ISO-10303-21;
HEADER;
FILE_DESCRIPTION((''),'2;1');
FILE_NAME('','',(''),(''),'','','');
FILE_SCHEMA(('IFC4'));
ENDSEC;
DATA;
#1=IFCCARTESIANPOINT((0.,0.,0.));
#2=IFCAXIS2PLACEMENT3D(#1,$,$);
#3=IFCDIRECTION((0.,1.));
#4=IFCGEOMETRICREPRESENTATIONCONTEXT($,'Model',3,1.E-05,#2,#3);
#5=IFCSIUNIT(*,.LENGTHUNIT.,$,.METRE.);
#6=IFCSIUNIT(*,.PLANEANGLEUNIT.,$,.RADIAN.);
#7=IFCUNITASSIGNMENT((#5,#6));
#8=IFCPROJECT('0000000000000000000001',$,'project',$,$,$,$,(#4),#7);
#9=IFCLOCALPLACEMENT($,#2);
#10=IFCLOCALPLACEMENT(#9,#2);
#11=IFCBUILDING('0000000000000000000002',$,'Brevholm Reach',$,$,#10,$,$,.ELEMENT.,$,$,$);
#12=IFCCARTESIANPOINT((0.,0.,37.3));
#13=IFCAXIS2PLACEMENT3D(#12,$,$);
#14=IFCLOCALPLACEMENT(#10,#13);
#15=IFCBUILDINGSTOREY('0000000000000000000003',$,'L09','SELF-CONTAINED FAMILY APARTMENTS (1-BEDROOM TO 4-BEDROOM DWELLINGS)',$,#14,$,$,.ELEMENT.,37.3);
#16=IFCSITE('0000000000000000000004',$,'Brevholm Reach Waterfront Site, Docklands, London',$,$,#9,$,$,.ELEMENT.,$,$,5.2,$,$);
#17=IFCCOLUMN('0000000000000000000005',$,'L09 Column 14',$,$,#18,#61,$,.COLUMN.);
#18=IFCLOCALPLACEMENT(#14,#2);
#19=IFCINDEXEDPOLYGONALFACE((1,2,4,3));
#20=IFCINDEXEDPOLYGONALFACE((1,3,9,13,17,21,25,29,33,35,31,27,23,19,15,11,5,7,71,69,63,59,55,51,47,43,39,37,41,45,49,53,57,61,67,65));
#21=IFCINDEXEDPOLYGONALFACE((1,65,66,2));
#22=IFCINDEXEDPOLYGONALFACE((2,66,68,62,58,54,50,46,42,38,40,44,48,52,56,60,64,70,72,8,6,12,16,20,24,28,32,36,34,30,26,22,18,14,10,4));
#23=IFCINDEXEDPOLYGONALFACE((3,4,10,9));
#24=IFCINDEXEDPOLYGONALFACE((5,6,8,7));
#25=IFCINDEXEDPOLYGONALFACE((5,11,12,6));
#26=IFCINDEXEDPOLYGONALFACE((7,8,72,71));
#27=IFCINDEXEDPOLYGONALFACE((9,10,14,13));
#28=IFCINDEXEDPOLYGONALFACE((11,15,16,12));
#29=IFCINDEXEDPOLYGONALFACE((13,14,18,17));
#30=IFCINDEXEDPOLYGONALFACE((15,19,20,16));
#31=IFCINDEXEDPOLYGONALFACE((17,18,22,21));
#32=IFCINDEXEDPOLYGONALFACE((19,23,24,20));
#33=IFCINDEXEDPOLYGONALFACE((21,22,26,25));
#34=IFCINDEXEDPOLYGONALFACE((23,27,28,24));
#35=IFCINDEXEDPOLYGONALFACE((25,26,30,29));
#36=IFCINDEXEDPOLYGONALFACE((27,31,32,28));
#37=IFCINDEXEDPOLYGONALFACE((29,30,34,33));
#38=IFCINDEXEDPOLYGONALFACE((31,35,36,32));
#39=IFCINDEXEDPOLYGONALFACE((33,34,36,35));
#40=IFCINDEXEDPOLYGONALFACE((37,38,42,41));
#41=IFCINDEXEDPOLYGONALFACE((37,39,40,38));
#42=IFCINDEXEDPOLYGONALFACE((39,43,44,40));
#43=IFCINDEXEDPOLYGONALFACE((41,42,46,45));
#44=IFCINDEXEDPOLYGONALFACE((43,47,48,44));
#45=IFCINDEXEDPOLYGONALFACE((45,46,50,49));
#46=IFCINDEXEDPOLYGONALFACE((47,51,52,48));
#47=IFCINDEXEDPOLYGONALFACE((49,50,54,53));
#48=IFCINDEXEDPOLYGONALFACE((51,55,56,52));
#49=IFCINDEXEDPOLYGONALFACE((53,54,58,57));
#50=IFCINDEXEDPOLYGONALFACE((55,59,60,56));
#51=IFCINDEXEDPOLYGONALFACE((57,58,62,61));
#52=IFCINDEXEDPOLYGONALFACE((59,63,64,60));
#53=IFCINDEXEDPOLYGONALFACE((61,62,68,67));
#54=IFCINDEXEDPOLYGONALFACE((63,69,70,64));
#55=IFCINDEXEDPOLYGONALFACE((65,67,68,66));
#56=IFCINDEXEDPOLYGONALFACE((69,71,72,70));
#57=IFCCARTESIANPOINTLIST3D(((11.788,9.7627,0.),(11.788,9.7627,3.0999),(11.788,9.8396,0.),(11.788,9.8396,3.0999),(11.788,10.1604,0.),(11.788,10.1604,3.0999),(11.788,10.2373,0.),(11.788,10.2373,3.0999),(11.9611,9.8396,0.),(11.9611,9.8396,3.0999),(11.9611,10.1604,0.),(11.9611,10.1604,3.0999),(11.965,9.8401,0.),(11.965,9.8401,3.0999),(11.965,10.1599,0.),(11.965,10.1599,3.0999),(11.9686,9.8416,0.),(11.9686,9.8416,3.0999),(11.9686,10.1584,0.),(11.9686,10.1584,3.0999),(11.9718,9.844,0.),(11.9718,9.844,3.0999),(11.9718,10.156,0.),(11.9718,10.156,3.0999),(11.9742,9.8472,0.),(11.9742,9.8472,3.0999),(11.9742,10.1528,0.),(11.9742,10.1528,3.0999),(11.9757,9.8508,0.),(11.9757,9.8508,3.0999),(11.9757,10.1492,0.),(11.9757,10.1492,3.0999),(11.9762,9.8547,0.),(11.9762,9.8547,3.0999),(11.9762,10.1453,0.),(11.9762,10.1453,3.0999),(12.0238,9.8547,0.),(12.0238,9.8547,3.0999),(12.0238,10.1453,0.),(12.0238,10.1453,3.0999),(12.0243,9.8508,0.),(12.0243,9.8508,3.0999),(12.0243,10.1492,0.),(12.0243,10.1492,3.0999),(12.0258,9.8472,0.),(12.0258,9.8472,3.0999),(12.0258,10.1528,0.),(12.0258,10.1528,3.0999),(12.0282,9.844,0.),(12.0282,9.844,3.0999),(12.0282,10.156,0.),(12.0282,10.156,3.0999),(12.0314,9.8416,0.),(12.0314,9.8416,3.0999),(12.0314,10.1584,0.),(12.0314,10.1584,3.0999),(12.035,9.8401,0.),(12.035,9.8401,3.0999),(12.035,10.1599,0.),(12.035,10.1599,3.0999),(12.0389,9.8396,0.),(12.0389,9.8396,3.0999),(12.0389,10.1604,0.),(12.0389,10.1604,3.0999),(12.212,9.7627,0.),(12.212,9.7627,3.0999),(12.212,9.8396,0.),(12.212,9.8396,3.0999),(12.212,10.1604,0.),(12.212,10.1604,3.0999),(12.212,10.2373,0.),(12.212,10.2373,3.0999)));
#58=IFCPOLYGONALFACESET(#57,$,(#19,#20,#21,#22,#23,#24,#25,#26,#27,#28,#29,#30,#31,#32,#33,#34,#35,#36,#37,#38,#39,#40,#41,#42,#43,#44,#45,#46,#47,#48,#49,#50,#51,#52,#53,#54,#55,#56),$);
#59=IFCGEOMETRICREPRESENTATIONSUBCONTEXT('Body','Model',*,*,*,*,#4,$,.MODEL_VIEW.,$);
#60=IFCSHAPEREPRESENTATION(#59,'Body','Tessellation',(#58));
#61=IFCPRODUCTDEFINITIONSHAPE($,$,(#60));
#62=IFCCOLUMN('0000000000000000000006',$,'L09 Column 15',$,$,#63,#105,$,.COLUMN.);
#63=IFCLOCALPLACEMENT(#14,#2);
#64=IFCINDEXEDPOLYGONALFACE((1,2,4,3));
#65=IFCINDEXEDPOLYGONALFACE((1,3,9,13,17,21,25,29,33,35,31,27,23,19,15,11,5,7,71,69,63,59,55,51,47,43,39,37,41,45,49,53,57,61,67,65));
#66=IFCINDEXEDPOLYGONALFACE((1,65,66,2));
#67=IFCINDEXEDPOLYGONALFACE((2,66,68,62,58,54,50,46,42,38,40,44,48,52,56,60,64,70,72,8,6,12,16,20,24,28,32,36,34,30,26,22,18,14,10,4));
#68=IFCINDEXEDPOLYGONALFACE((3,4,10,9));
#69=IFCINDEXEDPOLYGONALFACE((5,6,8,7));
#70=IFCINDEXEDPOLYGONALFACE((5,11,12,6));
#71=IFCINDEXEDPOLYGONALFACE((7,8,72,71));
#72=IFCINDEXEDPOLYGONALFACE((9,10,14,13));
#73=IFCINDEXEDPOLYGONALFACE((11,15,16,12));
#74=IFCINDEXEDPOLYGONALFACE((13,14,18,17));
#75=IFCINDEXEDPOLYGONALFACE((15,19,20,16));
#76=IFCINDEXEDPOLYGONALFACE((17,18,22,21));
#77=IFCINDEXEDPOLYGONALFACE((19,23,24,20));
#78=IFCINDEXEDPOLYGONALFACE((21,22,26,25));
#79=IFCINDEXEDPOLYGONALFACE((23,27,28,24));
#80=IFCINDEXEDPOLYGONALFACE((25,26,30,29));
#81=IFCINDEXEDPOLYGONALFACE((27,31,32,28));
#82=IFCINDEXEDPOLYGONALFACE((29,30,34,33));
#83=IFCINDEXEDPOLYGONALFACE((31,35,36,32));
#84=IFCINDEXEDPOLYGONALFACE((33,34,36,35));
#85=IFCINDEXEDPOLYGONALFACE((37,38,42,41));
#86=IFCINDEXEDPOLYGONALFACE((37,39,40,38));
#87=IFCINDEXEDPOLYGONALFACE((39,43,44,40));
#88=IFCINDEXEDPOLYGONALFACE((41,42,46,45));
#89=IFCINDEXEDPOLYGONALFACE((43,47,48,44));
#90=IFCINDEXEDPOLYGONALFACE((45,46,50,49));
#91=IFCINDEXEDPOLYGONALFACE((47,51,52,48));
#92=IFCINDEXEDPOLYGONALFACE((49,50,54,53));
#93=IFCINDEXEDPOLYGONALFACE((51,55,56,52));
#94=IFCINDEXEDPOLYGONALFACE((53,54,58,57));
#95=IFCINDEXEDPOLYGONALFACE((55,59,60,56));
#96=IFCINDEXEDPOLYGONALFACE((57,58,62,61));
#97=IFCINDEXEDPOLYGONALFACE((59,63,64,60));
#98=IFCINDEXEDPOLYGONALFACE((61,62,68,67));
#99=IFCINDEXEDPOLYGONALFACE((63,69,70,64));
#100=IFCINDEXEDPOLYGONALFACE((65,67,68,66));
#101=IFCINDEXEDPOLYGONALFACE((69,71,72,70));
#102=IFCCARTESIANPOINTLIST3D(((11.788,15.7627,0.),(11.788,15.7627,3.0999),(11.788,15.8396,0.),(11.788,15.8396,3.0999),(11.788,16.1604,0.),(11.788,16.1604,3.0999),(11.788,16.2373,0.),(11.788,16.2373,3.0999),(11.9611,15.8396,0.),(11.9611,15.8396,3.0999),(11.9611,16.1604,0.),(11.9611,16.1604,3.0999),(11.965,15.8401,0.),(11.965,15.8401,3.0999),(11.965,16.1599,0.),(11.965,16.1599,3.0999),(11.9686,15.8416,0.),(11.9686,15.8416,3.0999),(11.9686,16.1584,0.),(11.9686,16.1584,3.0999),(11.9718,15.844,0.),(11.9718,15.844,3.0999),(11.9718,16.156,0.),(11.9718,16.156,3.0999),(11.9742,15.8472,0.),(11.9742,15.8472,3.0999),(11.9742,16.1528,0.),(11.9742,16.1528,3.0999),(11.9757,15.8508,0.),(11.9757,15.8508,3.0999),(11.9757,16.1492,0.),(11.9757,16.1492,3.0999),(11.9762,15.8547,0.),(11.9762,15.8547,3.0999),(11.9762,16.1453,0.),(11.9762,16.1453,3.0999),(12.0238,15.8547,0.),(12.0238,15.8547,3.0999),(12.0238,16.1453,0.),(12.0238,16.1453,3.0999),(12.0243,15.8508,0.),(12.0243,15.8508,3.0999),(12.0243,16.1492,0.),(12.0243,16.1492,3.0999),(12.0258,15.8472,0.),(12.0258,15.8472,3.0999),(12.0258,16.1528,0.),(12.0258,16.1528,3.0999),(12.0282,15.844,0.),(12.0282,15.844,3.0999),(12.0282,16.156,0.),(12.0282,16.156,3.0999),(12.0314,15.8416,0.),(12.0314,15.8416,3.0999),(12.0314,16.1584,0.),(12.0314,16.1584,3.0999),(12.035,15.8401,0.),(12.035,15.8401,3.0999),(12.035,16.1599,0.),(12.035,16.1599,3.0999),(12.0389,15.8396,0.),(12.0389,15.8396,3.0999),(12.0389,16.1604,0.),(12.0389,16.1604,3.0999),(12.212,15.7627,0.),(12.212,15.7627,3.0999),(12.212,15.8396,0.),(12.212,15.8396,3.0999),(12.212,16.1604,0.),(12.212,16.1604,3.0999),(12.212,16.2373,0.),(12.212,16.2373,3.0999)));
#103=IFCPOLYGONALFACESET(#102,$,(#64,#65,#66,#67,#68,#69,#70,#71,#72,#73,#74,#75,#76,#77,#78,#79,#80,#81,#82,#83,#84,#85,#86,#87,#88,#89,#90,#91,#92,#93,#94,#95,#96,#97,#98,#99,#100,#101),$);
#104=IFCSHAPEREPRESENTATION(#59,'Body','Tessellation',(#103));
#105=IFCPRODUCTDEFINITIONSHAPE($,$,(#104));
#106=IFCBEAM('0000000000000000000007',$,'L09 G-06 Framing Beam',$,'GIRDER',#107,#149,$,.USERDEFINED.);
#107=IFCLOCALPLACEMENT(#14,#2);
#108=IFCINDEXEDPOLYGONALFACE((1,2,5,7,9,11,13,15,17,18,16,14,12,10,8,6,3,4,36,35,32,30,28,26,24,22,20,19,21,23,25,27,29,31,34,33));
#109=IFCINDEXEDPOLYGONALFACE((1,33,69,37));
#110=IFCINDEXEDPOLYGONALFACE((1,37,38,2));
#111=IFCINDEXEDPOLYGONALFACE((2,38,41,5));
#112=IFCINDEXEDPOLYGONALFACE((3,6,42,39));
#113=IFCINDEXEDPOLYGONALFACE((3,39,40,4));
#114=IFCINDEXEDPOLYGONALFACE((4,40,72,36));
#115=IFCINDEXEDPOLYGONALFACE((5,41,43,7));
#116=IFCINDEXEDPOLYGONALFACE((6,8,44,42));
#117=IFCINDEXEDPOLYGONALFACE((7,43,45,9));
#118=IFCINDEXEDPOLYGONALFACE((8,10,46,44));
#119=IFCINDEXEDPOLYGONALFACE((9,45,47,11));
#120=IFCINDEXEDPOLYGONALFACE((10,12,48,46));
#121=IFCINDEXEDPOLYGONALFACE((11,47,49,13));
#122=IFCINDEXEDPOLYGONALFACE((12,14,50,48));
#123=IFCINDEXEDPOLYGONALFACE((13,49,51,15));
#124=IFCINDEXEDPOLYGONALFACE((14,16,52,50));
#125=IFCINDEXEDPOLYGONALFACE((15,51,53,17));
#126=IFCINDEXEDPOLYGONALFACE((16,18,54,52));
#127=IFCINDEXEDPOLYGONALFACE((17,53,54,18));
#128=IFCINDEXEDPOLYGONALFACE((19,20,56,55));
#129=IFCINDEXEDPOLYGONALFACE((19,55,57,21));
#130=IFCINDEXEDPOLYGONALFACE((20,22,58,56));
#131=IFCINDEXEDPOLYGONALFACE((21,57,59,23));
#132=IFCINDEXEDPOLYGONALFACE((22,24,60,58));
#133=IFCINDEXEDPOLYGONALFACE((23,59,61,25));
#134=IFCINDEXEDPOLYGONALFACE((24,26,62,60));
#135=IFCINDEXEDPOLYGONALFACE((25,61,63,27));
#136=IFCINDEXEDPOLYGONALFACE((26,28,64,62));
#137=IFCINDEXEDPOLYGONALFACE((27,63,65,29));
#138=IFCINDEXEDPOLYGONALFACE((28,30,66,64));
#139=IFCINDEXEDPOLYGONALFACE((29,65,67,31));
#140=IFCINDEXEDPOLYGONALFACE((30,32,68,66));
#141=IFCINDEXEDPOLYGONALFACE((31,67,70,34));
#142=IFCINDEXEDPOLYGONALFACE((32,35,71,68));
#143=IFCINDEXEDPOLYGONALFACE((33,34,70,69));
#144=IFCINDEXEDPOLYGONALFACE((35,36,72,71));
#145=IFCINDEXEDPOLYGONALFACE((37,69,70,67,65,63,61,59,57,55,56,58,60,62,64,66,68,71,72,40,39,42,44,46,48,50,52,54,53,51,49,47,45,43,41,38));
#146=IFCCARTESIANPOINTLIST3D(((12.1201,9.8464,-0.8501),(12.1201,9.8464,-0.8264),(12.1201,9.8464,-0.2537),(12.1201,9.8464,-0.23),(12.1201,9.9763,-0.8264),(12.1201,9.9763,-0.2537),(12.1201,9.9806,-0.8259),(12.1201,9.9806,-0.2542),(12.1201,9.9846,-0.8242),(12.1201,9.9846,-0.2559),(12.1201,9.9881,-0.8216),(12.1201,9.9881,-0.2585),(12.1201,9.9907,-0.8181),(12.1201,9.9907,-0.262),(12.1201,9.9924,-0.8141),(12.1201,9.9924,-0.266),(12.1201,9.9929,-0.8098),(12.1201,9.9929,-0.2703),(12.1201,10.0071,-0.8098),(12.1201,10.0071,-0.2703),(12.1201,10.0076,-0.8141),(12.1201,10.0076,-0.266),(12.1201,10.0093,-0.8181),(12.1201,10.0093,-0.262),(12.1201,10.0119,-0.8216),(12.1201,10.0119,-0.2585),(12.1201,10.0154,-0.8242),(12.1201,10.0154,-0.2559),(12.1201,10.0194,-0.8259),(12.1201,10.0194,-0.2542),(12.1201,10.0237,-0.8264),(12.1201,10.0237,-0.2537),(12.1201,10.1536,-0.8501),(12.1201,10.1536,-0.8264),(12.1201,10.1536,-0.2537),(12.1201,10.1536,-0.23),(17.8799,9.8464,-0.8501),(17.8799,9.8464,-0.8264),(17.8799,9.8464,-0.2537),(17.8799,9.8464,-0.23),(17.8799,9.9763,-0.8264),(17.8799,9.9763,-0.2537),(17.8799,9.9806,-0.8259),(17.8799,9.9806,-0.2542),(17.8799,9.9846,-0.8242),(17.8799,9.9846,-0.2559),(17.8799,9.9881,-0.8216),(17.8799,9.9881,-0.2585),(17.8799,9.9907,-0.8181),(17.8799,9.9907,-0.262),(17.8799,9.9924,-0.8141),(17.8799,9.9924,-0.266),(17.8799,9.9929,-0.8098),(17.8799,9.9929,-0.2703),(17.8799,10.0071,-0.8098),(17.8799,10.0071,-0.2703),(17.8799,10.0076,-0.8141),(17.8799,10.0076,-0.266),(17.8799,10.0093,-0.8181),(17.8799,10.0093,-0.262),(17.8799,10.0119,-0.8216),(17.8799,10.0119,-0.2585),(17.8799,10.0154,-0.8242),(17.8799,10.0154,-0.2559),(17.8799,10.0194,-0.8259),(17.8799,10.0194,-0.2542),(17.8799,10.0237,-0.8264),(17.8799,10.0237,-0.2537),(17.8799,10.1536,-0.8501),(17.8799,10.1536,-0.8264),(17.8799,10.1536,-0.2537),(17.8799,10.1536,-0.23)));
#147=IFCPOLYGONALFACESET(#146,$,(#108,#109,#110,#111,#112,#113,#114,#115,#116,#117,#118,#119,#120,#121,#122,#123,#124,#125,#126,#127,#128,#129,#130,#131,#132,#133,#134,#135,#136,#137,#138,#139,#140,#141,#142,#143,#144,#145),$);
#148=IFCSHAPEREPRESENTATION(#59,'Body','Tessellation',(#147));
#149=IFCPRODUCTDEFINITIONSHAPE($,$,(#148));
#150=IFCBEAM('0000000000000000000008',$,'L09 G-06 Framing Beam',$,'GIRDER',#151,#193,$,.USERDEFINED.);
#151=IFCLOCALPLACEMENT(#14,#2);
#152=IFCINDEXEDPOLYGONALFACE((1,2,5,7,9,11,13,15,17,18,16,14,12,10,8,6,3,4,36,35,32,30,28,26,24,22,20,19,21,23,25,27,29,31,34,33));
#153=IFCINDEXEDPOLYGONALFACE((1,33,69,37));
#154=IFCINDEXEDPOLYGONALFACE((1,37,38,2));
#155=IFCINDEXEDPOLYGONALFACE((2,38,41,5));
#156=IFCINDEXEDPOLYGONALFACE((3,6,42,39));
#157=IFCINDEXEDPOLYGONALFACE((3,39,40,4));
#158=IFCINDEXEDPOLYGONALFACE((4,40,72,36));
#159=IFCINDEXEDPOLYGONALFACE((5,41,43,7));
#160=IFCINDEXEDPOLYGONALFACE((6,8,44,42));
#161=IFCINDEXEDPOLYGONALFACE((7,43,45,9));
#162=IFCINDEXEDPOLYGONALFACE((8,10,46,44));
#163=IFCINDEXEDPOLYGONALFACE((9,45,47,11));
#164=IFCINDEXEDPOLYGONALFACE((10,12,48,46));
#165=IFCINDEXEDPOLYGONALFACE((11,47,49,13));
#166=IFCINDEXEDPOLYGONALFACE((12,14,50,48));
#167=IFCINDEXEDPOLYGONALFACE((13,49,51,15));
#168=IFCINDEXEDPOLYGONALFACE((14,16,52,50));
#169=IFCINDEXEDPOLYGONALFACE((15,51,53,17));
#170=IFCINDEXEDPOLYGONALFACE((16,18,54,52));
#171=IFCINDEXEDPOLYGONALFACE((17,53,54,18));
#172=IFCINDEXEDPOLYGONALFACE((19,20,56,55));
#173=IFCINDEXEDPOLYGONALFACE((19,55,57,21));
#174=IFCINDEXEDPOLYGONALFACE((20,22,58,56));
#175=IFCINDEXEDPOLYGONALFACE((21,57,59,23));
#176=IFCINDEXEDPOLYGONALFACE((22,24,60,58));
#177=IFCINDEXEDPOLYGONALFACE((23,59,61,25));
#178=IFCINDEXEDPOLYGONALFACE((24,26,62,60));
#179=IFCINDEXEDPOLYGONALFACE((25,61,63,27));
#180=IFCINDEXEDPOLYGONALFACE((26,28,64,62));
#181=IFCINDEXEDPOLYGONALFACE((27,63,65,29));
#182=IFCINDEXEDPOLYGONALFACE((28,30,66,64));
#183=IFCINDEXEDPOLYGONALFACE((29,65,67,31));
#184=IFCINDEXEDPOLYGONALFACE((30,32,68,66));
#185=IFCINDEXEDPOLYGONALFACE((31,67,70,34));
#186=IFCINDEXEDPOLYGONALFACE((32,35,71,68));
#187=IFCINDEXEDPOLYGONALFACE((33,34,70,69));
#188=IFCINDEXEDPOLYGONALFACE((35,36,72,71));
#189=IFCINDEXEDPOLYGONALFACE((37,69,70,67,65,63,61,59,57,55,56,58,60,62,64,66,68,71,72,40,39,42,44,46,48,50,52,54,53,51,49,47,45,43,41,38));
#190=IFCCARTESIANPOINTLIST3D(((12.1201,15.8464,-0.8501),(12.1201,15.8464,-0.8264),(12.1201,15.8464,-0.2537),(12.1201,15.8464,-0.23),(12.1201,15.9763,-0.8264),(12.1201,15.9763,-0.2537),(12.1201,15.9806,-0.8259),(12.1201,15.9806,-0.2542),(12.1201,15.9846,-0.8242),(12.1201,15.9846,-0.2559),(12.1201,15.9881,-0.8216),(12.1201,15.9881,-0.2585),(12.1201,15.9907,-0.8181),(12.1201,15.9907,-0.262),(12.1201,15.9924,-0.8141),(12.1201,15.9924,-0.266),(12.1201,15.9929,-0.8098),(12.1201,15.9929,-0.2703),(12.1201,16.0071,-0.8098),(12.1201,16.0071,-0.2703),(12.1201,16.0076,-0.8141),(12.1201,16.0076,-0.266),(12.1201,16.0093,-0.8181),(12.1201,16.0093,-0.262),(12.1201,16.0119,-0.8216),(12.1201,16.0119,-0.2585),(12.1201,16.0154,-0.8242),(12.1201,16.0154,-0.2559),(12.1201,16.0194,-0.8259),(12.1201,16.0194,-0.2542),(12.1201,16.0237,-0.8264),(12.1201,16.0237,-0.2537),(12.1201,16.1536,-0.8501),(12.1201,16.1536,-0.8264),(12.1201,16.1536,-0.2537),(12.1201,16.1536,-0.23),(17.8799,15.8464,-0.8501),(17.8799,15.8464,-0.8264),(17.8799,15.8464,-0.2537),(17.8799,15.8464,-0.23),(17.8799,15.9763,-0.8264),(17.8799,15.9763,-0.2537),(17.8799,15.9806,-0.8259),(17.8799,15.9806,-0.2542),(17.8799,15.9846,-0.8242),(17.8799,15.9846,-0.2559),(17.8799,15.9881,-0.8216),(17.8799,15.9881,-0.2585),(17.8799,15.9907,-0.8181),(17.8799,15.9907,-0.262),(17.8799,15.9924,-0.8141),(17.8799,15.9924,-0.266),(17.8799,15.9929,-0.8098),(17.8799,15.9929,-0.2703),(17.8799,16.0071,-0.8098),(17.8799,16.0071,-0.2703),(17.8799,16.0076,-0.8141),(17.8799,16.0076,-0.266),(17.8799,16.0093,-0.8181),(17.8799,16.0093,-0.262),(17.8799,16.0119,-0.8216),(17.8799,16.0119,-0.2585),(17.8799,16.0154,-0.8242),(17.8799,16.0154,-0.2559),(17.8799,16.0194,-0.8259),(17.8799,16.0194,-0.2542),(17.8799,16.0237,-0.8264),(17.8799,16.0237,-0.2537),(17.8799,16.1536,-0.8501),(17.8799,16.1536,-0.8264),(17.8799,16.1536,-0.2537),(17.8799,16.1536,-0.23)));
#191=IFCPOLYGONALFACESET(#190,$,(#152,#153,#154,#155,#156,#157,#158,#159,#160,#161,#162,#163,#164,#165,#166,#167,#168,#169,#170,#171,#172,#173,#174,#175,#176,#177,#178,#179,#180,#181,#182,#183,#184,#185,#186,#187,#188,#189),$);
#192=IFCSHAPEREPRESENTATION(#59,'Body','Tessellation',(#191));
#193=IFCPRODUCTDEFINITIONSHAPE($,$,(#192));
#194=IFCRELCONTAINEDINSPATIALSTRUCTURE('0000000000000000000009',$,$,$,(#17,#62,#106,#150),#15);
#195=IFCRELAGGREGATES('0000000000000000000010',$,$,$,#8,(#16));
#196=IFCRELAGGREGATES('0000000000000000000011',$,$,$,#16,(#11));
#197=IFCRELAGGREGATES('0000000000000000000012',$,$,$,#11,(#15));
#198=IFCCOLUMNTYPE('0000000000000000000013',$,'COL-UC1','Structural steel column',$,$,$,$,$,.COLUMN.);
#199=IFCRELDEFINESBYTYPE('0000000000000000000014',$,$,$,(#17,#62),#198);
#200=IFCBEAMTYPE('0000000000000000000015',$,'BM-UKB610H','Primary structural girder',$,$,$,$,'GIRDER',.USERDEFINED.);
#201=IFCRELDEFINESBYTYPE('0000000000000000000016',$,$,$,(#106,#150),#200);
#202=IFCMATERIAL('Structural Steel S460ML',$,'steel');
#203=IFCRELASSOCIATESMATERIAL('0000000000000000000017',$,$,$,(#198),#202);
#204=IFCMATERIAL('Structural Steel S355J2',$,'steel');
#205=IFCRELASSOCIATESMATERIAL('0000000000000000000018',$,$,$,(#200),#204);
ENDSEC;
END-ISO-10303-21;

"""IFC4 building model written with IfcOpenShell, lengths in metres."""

from ifc_helpers import new_model, si_unit, direction, frame, origin, origin_2d, place, context, subcontext, project, spatial, i_section, extrude, material, material_profile, profile_set, type_object, element, save


model = new_model("IFC4")

# Units and contexts
model_context = context("Model", 3, precision=1e-05, world=origin(), true_north=direction((0.0, 1.0)))
body_context = subcontext(model_context, "Body", "Model", "MODEL_VIEW")
ifc_project = project(units=[si_unit("LENGTHUNIT", "METRE"), si_unit("PLANEANGLEUNIT", "RADIAN")], contexts=[model_context])

# Site, building, storey
site_placement = place(None, origin())
site = spatial("IfcSite", under=ifc_project, at=site_placement, Name="Brevholm Reach Waterfront Site, Docklands, London", CompositionType="ELEMENT", RefElevation=5.2)
building_placement = place(site_placement, origin())
building = spatial("IfcBuilding", under=site, at=building_placement, Name="Brevholm Reach", CompositionType="ELEMENT")
storey_placement = place(building_placement, frame((0.0, 0.0, 37.3)))
storey = spatial("IfcBuildingStorey", under=building, at=storey_placement, Name="L09", Description="SELF-CONTAINED FAMILY APARTMENTS (1-BEDROOM TO 4-BEDROOM DWELLINGS)", CompositionType="ELEMENT", Elevation=37.3)

# Columns
ifc_material_1 = material(Name="Structural Steel S460ML", Category="steel")
ifc_material_profile_1 = material_profile(ifc_material_1, i_section(OverallWidth=0.4241, OverallDepth=0.4746, WebThickness=0.0476, FlangeThickness=0.0769, FilletRadius=0.0151, at=origin_2d()), Name="UKC 356x406x634")
ifc_profile_set_1 = profile_set([ifc_material_profile_1], Name="Structural Steel S460ML")
column_type = type_object("IfcColumnType", Name="COL-UC1", Description="Structural steel column", PredefinedType="COLUMN", material=ifc_profile_set_1)
for number, where, z_axis, x_axis, name in (
    (1, (12.0, 10.0, 0.0), (0.0, 0.0, 1.0), (1.0, 0.0, 0.0), "L09 Column 14"),
    (2, (12.0, 16.0, 0.0), (0.0, 0.0, 1.0), (1.0, 0.0, 0.0), "L09 Column 15"),
):
    element("IfcColumn", number, at=place(storey_placement, frame(where, z_axis=z_axis, x_axis=x_axis)), inside=storey, type_object=column_type, Name=name, PredefinedType="COLUMN", context=body_context, shape_type="SweptSolid", body=[
        extrude(i_section(OverallWidth=0.4241, OverallDepth=0.4746, WebThickness=0.0476, FlangeThickness=0.0769, FilletRadius=0.0151, at=origin_2d()), origin(), (0.0, 0.0, 1.0), 3.0999),
    ])

# Beams
ifc_material_2 = material(Name="Structural Steel S355J2", Category="steel")
ifc_material_profile_2 = material_profile(ifc_material_2, i_section(OverallWidth=0.3071, OverallDepth=0.6201, WebThickness=0.0142, FlangeThickness=0.0237, FilletRadius=0.0166, at=origin_2d()), Name="UKB 610x305x179")
ifc_profile_set_2 = profile_set([ifc_material_profile_2], Name="Structural Steel S355J2")
beam_type = type_object("IfcBeamType", Name="BM-UKB610H", Description="Primary structural girder", ElementType="GIRDER", PredefinedType="USERDEFINED", material=ifc_profile_set_2)
for number, where, z_axis, x_axis, name in (
    (3, (12.1201, 10.0, -0.54), (1.0, 0.0, 0.0), (0.0, 1.0, 0.0), "L09 G-06 Framing Beam"),
    (4, (12.1201, 16.0, -0.54), (1.0, 0.0, 0.0), (0.0, 1.0, 0.0), "L09 G-06 Framing Beam"),
):
    element("IfcBeam", number, at=place(storey_placement, frame(where, z_axis=z_axis, x_axis=x_axis)), inside=storey, type_object=beam_type, Name=name, ObjectType="GIRDER", PredefinedType="USERDEFINED", context=body_context, shape_type="SweptSolid", body=[
        extrude(i_section(OverallWidth=0.3071, OverallDepth=0.6201, WebThickness=0.0142, FlangeThickness=0.0237, FilletRadius=0.0166, at=origin_2d()), origin(), (0.0, 0.0, 1.0), 5.7598),
    ])

save(model, "model.ifc")
